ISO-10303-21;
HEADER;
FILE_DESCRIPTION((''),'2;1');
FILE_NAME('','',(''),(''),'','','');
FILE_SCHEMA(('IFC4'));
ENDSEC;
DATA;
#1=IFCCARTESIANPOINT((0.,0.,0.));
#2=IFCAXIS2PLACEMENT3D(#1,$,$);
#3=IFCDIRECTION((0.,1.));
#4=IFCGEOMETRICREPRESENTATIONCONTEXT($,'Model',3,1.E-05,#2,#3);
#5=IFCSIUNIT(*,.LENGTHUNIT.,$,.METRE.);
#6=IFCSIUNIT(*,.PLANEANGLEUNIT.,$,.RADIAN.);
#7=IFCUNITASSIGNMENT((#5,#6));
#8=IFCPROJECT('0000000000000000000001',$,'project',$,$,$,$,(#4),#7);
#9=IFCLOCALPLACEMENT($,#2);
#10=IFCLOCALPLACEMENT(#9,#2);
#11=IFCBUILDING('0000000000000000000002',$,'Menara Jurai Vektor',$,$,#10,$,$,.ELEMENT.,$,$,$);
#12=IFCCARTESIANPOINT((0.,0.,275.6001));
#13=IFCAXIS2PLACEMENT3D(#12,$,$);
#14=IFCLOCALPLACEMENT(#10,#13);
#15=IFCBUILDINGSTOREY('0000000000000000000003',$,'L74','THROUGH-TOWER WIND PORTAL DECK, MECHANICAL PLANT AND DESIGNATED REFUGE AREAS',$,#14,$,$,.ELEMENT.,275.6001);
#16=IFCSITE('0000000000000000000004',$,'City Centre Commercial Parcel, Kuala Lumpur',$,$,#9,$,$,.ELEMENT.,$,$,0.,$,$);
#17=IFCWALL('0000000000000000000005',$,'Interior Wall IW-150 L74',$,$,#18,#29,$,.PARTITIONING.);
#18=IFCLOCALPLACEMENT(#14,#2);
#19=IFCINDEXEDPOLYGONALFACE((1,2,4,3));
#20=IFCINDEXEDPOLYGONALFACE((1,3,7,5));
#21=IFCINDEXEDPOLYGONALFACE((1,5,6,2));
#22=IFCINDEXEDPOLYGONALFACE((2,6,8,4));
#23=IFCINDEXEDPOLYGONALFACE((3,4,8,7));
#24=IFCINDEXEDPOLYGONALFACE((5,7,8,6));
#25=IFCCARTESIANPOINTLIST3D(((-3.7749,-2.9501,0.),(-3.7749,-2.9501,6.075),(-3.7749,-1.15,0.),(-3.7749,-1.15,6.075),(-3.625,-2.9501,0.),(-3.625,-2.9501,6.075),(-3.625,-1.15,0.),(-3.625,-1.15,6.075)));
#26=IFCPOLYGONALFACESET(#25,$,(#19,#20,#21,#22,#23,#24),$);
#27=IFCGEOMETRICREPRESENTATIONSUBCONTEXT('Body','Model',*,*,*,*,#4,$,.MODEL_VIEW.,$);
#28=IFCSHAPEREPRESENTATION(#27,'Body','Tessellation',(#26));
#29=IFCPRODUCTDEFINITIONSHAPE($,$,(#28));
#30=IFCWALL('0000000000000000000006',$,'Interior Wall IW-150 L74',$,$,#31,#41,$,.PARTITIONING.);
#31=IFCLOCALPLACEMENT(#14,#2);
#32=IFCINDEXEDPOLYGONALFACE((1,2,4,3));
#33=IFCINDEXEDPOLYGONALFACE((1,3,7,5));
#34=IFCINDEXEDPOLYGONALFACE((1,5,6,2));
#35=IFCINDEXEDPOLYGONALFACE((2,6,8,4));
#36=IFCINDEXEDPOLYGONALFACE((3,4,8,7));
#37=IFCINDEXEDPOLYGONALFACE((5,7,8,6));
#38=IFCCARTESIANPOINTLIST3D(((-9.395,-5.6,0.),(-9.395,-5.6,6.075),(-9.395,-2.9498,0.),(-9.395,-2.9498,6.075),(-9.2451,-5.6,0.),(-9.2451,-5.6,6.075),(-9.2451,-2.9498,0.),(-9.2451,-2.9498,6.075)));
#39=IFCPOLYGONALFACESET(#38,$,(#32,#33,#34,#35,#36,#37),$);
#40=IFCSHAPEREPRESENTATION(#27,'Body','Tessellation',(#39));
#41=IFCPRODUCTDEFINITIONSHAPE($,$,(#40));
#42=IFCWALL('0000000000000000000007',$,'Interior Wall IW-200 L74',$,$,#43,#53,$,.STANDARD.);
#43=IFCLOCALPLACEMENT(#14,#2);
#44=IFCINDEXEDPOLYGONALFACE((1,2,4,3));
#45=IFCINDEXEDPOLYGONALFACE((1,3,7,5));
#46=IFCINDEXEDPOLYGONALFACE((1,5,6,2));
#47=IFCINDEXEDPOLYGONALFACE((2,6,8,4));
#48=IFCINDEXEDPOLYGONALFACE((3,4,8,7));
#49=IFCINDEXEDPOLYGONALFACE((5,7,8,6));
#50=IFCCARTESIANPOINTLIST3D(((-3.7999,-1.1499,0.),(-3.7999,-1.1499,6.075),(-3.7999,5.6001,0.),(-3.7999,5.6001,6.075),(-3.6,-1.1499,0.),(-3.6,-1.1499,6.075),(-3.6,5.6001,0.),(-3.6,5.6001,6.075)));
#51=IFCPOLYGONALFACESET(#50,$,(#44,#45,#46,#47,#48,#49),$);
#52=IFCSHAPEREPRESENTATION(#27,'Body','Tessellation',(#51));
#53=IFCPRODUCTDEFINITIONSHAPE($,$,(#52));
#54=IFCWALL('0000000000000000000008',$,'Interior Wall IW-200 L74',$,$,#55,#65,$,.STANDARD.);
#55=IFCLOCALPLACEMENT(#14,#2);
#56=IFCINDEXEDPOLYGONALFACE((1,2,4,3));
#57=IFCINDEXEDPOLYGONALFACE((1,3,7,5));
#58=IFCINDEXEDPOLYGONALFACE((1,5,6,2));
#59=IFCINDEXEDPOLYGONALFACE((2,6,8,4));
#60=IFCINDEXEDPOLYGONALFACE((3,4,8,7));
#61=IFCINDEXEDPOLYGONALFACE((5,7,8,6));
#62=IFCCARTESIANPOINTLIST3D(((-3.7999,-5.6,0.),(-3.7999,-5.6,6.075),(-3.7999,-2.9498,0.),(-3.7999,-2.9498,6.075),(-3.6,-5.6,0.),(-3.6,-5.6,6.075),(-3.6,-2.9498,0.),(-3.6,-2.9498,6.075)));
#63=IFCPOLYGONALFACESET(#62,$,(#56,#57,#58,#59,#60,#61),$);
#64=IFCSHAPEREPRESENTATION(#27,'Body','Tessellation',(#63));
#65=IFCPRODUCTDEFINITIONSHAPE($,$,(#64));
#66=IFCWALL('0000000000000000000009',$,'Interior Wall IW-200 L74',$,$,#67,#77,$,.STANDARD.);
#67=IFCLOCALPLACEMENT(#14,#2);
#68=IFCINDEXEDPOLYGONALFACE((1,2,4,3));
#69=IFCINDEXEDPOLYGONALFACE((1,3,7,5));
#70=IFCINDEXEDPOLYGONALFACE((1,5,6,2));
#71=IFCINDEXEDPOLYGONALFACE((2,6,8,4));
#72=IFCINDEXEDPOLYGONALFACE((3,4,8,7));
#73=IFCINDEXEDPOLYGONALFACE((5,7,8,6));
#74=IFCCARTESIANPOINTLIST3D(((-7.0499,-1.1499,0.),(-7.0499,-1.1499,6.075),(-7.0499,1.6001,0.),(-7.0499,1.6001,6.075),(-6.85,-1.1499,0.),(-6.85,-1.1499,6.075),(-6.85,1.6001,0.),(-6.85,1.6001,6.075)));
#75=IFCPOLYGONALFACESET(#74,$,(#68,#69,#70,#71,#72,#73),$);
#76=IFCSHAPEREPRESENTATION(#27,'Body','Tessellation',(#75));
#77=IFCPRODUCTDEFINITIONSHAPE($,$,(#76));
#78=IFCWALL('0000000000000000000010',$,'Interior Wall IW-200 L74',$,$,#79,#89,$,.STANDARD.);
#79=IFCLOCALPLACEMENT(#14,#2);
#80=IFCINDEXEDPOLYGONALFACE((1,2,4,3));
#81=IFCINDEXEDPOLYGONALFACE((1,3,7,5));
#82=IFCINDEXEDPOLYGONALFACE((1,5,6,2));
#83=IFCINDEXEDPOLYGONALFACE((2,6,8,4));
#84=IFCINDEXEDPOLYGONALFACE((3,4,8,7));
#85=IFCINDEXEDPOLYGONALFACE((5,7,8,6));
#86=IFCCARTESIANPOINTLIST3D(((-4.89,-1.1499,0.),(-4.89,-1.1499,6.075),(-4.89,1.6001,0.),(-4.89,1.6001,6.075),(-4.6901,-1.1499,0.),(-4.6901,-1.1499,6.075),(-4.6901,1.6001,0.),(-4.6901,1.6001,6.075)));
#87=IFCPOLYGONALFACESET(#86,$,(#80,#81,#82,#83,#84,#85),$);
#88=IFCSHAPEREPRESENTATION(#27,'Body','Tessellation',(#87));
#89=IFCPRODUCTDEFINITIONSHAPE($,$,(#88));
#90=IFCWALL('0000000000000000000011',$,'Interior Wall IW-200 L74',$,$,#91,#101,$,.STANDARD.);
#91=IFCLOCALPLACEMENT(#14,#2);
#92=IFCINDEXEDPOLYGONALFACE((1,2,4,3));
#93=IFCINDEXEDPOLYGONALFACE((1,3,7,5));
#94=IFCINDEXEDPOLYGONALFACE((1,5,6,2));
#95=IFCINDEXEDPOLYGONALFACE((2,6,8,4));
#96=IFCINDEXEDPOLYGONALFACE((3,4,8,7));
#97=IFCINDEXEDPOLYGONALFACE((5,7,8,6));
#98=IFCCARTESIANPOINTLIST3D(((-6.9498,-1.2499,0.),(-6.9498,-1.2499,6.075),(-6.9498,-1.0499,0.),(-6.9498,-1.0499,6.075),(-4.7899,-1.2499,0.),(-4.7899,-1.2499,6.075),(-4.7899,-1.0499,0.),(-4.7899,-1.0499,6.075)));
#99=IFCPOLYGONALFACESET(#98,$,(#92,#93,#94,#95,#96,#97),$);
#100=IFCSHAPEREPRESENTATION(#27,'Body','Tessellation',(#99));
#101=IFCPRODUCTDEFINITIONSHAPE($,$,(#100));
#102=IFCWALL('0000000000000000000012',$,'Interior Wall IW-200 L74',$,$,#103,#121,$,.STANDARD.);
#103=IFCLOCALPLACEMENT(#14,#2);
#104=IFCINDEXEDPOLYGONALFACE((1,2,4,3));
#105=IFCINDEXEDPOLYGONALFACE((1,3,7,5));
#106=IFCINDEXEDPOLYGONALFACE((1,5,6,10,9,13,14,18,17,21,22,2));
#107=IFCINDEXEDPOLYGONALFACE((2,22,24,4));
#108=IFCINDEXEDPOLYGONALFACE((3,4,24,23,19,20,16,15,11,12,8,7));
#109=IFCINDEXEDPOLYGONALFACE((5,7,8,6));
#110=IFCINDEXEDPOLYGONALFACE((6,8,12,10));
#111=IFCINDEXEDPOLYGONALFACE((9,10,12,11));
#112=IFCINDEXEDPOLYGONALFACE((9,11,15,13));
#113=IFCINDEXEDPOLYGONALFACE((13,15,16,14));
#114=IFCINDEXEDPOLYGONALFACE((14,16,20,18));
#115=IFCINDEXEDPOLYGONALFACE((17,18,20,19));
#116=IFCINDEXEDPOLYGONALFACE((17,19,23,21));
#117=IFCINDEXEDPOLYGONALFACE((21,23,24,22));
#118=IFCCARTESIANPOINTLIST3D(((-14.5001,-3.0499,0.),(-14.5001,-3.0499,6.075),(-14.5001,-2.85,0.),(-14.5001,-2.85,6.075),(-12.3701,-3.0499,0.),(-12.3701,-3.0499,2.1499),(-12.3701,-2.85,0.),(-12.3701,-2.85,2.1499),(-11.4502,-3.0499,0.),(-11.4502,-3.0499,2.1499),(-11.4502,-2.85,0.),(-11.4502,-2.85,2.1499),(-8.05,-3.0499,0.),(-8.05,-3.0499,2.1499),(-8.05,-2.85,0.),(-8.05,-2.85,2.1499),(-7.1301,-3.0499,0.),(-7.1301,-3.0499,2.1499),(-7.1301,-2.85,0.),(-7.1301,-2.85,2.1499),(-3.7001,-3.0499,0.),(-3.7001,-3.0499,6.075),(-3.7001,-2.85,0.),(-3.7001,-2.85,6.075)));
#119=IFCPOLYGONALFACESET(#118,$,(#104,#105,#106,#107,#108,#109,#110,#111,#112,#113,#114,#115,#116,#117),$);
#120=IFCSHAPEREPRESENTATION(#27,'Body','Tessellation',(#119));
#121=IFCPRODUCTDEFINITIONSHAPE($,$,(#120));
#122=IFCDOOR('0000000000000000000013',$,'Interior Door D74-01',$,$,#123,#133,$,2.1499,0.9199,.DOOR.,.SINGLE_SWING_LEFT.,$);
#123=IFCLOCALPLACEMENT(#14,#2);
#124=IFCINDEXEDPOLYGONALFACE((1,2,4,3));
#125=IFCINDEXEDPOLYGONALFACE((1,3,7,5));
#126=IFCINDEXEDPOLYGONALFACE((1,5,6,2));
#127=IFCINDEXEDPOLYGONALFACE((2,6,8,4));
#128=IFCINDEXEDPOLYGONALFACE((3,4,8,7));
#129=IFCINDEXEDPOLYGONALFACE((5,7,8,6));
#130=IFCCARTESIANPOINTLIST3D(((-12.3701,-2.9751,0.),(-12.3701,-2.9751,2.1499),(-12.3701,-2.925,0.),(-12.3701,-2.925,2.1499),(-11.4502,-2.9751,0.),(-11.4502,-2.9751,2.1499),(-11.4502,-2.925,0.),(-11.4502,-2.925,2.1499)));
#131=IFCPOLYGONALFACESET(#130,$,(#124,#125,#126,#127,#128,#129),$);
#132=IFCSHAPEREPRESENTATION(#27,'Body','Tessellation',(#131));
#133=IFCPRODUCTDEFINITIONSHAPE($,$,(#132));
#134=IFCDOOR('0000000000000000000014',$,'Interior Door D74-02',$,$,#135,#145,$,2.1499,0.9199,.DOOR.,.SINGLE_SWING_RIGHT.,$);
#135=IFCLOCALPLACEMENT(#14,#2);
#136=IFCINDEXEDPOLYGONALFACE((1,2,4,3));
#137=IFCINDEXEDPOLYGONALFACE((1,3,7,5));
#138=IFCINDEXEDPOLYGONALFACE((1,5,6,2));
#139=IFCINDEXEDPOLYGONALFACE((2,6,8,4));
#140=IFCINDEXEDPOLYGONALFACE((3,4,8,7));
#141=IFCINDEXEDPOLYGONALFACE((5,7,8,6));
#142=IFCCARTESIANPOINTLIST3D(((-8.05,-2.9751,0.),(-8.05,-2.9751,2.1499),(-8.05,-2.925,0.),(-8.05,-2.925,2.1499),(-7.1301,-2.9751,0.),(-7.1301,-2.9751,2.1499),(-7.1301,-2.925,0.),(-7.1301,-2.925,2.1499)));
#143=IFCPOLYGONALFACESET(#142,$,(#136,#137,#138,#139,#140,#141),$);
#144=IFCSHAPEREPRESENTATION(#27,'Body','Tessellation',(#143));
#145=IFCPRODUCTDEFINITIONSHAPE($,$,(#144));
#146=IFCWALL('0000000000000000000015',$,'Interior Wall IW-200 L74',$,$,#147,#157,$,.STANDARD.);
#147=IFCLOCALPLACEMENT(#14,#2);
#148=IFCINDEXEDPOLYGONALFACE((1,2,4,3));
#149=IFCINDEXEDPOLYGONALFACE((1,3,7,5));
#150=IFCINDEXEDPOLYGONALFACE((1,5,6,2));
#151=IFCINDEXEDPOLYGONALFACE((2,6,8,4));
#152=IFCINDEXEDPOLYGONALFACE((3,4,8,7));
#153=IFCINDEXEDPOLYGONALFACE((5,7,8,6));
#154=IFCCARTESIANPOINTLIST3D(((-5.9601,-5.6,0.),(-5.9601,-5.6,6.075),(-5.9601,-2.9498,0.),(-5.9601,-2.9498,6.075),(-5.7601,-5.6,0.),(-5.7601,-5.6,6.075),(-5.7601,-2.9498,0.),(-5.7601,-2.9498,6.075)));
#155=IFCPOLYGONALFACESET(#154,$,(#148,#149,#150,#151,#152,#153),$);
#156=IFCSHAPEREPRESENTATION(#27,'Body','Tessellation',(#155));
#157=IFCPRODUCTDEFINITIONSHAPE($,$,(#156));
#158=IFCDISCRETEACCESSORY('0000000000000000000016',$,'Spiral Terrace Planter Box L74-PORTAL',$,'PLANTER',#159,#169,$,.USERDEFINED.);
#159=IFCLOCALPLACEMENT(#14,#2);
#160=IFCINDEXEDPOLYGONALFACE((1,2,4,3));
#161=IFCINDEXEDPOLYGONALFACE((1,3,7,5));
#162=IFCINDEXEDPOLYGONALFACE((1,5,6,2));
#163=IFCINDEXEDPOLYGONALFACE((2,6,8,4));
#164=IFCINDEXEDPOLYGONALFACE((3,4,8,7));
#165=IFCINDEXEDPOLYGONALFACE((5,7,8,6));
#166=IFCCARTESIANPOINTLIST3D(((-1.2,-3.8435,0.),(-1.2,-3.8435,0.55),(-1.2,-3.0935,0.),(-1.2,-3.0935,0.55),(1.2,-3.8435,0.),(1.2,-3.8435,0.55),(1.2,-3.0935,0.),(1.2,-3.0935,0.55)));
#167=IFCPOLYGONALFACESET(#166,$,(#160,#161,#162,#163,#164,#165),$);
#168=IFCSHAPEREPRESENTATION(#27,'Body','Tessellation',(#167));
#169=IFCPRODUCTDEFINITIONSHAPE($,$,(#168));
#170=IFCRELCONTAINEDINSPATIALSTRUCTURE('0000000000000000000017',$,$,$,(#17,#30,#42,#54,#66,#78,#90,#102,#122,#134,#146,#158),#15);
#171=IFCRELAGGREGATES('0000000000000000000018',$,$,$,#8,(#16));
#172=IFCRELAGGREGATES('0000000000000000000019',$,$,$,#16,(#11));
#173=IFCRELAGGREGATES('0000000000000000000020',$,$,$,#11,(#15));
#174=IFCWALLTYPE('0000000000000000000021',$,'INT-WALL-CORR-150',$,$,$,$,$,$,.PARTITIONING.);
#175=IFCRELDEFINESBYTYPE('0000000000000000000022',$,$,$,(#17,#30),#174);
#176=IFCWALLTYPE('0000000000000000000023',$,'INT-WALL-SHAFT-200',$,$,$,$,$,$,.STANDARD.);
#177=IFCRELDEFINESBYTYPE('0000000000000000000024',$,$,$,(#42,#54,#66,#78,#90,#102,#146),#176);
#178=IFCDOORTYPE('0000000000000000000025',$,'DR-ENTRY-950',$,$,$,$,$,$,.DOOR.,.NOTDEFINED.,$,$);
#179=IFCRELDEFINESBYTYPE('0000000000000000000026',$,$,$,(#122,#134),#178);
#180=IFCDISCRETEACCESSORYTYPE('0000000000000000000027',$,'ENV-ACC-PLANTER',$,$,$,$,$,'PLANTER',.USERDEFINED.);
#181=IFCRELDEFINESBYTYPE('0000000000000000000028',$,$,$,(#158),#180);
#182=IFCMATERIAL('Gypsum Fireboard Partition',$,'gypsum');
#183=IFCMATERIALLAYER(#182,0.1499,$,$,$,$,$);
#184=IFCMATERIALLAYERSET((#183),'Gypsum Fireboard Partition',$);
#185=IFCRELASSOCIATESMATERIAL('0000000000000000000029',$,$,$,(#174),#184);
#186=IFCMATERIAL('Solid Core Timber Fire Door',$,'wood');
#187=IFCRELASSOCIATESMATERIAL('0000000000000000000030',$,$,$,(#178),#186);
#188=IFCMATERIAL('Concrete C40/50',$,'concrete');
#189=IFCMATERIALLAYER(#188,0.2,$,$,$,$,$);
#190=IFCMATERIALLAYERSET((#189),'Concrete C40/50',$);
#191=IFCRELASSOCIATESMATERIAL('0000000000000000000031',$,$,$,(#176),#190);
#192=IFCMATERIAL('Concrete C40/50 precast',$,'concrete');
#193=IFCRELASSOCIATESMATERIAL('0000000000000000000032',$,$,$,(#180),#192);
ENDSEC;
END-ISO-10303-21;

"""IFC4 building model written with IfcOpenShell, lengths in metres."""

from ifc_helpers import new_model, si_unit, direction, frame, frame_2d, origin, origin_2d, place, context, subcontext, project, spatial, rectangle, extrude, material, layer, layer_set, type_object, element, fill, save


model = new_model("IFC4")

# Units and contexts
model_context = context("Model", 3, precision=1e-05, world=origin(), true_north=direction((0.0, 1.0)))
body_context = subcontext(model_context, "Body", "Model", "MODEL_VIEW")
ifc_project = project(units=[si_unit("LENGTHUNIT", "METRE"), si_unit("PLANEANGLEUNIT", "RADIAN")], contexts=[model_context])

# Site, building, storey
site_placement = place(None, origin())
site = spatial("IfcSite", under=ifc_project, at=site_placement, Name="City Centre Commercial Parcel, Kuala Lumpur", CompositionType="ELEMENT", RefElevation=0.0)
building_placement = place(site_placement, origin())
building = spatial("IfcBuilding", under=site, at=building_placement, Name="Menara Jurai Vektor", CompositionType="ELEMENT")
storey_placement = place(building_placement, frame((0.0, 0.0, 275.6001)))
storey = spatial("IfcBuildingStorey", under=building, at=storey_placement, Name="L74", Description="THROUGH-TOWER WIND PORTAL DECK, MECHANICAL PLANT AND DESIGNATED REFUGE AREAS", CompositionType="ELEMENT", Elevation=275.6001)

# Shared definitions
ifc_material_1 = material(Name="Concrete C40/50", Category="concrete")

# Wall
ifc_material_2 = material(Name="Gypsum Fireboard Partition", Category="gypsum")
ifc_layer_1 = layer(ifc_material_2, 0.1499)
ifc_layer_set_1 = layer_set([ifc_layer_1], Name="Gypsum Fireboard Partition")
wall_type_1 = type_object("IfcWallType", Name="INT-WALL-CORR-150", PredefinedType="PARTITIONING", material=ifc_layer_set_1)
wall_1_placement = place(storey_placement, frame((-3.7, -2.95, 0.0), z_axis=(0.0, 0.0, 1.0), x_axis=(0.0, 1.0, 0.0)))
element("IfcWall", 1, at=wall_1_placement, inside=storey, type_object=wall_type_1, Name="Interior Wall IW-150 L74", PredefinedType="PARTITIONING", context=body_context, shape_type="SweptSolid", body=[
    extrude(rectangle(XDim=1.8, YDim=0.1499, at=frame_2d((0.8999, 0.0))), origin(), (0.0, 0.0, 1.0), 6.075),
])

# Shared definitions
ifc_material_3 = material(Name="Solid Core Timber Fire Door", Category="wood")
door_type_1 = type_object("IfcDoorType", Name="DR-ENTRY-950", OperationType="NOTDEFINED", PredefinedType="DOOR", material=ifc_material_3)

# Walls
wall_2_placement = place(storey_placement, frame((-9.3201, -5.6001, 0.0), z_axis=(0.0, 0.0, 1.0), x_axis=(0.0, 1.0, 0.0)))
element("IfcWall", 2, at=wall_2_placement, inside=storey, type_object=wall_type_1, Name="Interior Wall IW-150 L74", PredefinedType="PARTITIONING", context=body_context, shape_type="SweptSolid", body=[
    extrude(rectangle(XDim=2.6501, YDim=0.1499, at=frame_2d((1.3252, 0.0))), origin(), (0.0, 0.0, 1.0), 6.075),
])
ifc_layer_2 = layer(ifc_material_1, 0.2)
ifc_layer_set_2 = layer_set([ifc_layer_2], Name="Concrete C40/50")
wall_type_2 = type_object("IfcWallType", Name="INT-WALL-SHAFT-200", PredefinedType="STANDARD", material=ifc_layer_set_2)
wall_3_placement = place(storey_placement, frame((-3.7, -1.1499, 0.0), z_axis=(0.0, 0.0, 1.0), x_axis=(0.0, 1.0, 0.0)))
element("IfcWall", 3, at=wall_3_placement, inside=storey, type_object=wall_type_2, Name="Interior Wall IW-200 L74", PredefinedType="STANDARD", context=body_context, shape_type="SweptSolid", body=[
    extrude(rectangle(XDim=6.75, YDim=0.2, at=frame_2d((3.375, 0.0))), origin(), (0.0, 0.0, 1.0), 6.075),
])
wall_4_placement = place(storey_placement, frame((-3.7, -5.6001, 0.0), z_axis=(0.0, 0.0, 1.0), x_axis=(0.0, 1.0, 0.0)))
element("IfcWall", 4, at=wall_4_placement, inside=storey, type_object=wall_type_2, Name="Interior Wall IW-200 L74", PredefinedType="STANDARD", context=body_context, shape_type="SweptSolid", body=[
    extrude(rectangle(XDim=2.6501, YDim=0.2, at=frame_2d((1.3252, 0.0))), origin(), (0.0, 0.0, 1.0), 6.075),
])
wall_5_placement = place(storey_placement, frame((-6.95, -1.1499, 0.0), z_axis=(0.0, 0.0, 1.0), x_axis=(0.0, 1.0, 0.0)))
element("IfcWall", 5, at=wall_5_placement, inside=storey, type_object=wall_type_2, Name="Interior Wall IW-200 L74", PredefinedType="STANDARD", context=body_context, shape_type="SweptSolid", body=[
    extrude(rectangle(XDim=2.75, YDim=0.2, at=frame_2d((1.375, 0.0))), origin(), (0.0, 0.0, 1.0), 6.075),
])

# Walls
wall_6_placement = place(storey_placement, frame((-4.79, -1.1499, 0.0), z_axis=(0.0, 0.0, 1.0), x_axis=(0.0, 1.0, 0.0)))
element("IfcWall", 6, at=wall_6_placement, inside=storey, type_object=wall_type_2, Name="Interior Wall IW-200 L74", PredefinedType="STANDARD", context=body_context, shape_type="SweptSolid", body=[
    extrude(rectangle(XDim=2.75, YDim=0.2, at=frame_2d((1.375, 0.0))), origin(), (0.0, 0.0, 1.0), 6.075),
])
wall_7_placement = place(storey_placement, frame((-6.95, -1.1499, 0.0), z_axis=(0.0, 0.0, 1.0), x_axis=(1.0, 0.0, 0.0)))
element("IfcWall", 7, at=wall_7_placement, inside=storey, type_object=wall_type_2, Name="Interior Wall IW-200 L74", PredefinedType="STANDARD", context=body_context, shape_type="SweptSolid", body=[
    extrude(rectangle(XDim=2.1599, YDim=0.2, at=frame_2d((1.0801, 0.0))), origin(), (0.0, 0.0, 1.0), 6.075),
])

# Wall, openings, doors
wall_8_placement = place(storey_placement, frame((-14.5, -2.95, 0.0), z_axis=(0.0, 0.0, 1.0), x_axis=(1.0, 0.0, 0.0)))
wall_8 = element("IfcWall", 8, at=wall_8_placement, inside=storey, type_object=wall_type_2, Name="Interior Wall IW-200 L74", PredefinedType="STANDARD", context=body_context, shape_type="SweptSolid", body=[
    extrude(rectangle(XDim=10.8, YDim=0.2, at=frame_2d((5.3999, 0.0))), origin(), (0.0, 0.0, 1.0), 6.075),
])
opening_1_placement = place(wall_8_placement, frame((2.1299, 0.0, 0.0)))
opening_1 = element("IfcOpeningElement", 9, at=opening_1_placement, cuts=wall_8, PredefinedType="OPENING", context=body_context, shape_type="SweptSolid", body=[
    extrude(rectangle(XDim=0.9199, YDim=2.1499, at=frame_2d((0.46, 1.075))), frame((0.0, 0.1099, 0.0), z_axis=(0.0, -1.0, 0.0), x_axis=(1.0, 0.0, 0.0)), (0.0, 0.0, 1.0), 0.22),
])
opening_2_placement = place(wall_8_placement, frame((6.45, 0.0, 0.0)))
opening_2 = element("IfcOpeningElement", 10, at=opening_2_placement, cuts=wall_8, PredefinedType="OPENING", context=body_context, shape_type="SweptSolid", body=[
    extrude(rectangle(XDim=0.9199, YDim=2.1499, at=frame_2d((0.46, 1.075))), frame((0.0, 0.1099, 0.0), z_axis=(0.0, -1.0, 0.0), x_axis=(1.0, 0.0, 0.0)), (0.0, 0.0, 1.0), 0.22),
])
door_1_placement = place(opening_1_placement, origin())
door_1 = element("IfcDoor", 11, at=door_1_placement, inside=storey, type_object=door_type_1, Name="Interior Door D74-01", OperationType="SINGLE_SWING_LEFT", OverallHeight=2.1499, OverallWidth=0.9199, PredefinedType="DOOR", context=body_context, shape_type="SweptSolid", body=[
    extrude(rectangle(XDim=0.9199, YDim=2.1499, at=frame_2d((0.46, 1.075))), frame((0.0, 0.0249, 0.0), z_axis=(0.0, -1.0, 0.0), x_axis=(1.0, 0.0, 0.0)), (0.0, 0.0, 1.0), 0.05),
])
fill(opening_1, door_1)
door_2_placement = place(opening_2_placement, origin())
door_2 = element("IfcDoor", 12, at=door_2_placement, inside=storey, type_object=door_type_1, Name="Interior Door D74-02", OperationType="SINGLE_SWING_RIGHT", OverallHeight=2.1499, OverallWidth=0.9199, PredefinedType="DOOR", context=body_context, shape_type="SweptSolid", body=[
    extrude(rectangle(XDim=0.9199, YDim=2.1499, at=frame_2d((0.46, 1.075))), frame((0.0, 0.0249, 0.0), z_axis=(0.0, -1.0, 0.0), x_axis=(1.0, 0.0, 0.0)), (0.0, 0.0, 1.0), 0.05),
])
fill(opening_2, door_2)

# Wall
wall_9_placement = place(storey_placement, frame((-5.8601, -5.6001, 0.0), z_axis=(0.0, 0.0, 1.0), x_axis=(0.0, 1.0, 0.0)))
element("IfcWall", 13, at=wall_9_placement, inside=storey, type_object=wall_type_2, Name="Interior Wall IW-200 L74", PredefinedType="STANDARD", context=body_context, shape_type="SweptSolid", body=[
    extrude(rectangle(XDim=2.6501, YDim=0.2, at=frame_2d((1.3252, 0.0))), origin(), (0.0, 0.0, 1.0), 6.075),
])

# Discrete accessory
ifc_material_4 = material(Name="Concrete C40/50 precast", Category="concrete")
discrete_accessory_type = type_object("IfcDiscreteAccessoryType", Name="ENV-ACC-PLANTER", ElementType="PLANTER", PredefinedType="USERDEFINED", material=ifc_material_4)
discrete_accessory_placement = place(storey_placement, frame((0.0, -3.4685, 0.0), z_axis=(0.0, 0.0, 1.0), x_axis=(1.0, 0.0, 0.0)))
element("IfcDiscreteAccessory", 14, at=discrete_accessory_placement, inside=storey, type_object=discrete_accessory_type, Name="Spiral Terrace Planter Box L74-PORTAL", ObjectType="PLANTER", PredefinedType="USERDEFINED", context=body_context, shape_type="SweptSolid", body=[
    extrude(rectangle(XDim=2.3999, YDim=0.75, at=origin_2d()), origin(), (0.0, 0.0, 1.0), 0.55),
])

save(model, "model.ifc")
